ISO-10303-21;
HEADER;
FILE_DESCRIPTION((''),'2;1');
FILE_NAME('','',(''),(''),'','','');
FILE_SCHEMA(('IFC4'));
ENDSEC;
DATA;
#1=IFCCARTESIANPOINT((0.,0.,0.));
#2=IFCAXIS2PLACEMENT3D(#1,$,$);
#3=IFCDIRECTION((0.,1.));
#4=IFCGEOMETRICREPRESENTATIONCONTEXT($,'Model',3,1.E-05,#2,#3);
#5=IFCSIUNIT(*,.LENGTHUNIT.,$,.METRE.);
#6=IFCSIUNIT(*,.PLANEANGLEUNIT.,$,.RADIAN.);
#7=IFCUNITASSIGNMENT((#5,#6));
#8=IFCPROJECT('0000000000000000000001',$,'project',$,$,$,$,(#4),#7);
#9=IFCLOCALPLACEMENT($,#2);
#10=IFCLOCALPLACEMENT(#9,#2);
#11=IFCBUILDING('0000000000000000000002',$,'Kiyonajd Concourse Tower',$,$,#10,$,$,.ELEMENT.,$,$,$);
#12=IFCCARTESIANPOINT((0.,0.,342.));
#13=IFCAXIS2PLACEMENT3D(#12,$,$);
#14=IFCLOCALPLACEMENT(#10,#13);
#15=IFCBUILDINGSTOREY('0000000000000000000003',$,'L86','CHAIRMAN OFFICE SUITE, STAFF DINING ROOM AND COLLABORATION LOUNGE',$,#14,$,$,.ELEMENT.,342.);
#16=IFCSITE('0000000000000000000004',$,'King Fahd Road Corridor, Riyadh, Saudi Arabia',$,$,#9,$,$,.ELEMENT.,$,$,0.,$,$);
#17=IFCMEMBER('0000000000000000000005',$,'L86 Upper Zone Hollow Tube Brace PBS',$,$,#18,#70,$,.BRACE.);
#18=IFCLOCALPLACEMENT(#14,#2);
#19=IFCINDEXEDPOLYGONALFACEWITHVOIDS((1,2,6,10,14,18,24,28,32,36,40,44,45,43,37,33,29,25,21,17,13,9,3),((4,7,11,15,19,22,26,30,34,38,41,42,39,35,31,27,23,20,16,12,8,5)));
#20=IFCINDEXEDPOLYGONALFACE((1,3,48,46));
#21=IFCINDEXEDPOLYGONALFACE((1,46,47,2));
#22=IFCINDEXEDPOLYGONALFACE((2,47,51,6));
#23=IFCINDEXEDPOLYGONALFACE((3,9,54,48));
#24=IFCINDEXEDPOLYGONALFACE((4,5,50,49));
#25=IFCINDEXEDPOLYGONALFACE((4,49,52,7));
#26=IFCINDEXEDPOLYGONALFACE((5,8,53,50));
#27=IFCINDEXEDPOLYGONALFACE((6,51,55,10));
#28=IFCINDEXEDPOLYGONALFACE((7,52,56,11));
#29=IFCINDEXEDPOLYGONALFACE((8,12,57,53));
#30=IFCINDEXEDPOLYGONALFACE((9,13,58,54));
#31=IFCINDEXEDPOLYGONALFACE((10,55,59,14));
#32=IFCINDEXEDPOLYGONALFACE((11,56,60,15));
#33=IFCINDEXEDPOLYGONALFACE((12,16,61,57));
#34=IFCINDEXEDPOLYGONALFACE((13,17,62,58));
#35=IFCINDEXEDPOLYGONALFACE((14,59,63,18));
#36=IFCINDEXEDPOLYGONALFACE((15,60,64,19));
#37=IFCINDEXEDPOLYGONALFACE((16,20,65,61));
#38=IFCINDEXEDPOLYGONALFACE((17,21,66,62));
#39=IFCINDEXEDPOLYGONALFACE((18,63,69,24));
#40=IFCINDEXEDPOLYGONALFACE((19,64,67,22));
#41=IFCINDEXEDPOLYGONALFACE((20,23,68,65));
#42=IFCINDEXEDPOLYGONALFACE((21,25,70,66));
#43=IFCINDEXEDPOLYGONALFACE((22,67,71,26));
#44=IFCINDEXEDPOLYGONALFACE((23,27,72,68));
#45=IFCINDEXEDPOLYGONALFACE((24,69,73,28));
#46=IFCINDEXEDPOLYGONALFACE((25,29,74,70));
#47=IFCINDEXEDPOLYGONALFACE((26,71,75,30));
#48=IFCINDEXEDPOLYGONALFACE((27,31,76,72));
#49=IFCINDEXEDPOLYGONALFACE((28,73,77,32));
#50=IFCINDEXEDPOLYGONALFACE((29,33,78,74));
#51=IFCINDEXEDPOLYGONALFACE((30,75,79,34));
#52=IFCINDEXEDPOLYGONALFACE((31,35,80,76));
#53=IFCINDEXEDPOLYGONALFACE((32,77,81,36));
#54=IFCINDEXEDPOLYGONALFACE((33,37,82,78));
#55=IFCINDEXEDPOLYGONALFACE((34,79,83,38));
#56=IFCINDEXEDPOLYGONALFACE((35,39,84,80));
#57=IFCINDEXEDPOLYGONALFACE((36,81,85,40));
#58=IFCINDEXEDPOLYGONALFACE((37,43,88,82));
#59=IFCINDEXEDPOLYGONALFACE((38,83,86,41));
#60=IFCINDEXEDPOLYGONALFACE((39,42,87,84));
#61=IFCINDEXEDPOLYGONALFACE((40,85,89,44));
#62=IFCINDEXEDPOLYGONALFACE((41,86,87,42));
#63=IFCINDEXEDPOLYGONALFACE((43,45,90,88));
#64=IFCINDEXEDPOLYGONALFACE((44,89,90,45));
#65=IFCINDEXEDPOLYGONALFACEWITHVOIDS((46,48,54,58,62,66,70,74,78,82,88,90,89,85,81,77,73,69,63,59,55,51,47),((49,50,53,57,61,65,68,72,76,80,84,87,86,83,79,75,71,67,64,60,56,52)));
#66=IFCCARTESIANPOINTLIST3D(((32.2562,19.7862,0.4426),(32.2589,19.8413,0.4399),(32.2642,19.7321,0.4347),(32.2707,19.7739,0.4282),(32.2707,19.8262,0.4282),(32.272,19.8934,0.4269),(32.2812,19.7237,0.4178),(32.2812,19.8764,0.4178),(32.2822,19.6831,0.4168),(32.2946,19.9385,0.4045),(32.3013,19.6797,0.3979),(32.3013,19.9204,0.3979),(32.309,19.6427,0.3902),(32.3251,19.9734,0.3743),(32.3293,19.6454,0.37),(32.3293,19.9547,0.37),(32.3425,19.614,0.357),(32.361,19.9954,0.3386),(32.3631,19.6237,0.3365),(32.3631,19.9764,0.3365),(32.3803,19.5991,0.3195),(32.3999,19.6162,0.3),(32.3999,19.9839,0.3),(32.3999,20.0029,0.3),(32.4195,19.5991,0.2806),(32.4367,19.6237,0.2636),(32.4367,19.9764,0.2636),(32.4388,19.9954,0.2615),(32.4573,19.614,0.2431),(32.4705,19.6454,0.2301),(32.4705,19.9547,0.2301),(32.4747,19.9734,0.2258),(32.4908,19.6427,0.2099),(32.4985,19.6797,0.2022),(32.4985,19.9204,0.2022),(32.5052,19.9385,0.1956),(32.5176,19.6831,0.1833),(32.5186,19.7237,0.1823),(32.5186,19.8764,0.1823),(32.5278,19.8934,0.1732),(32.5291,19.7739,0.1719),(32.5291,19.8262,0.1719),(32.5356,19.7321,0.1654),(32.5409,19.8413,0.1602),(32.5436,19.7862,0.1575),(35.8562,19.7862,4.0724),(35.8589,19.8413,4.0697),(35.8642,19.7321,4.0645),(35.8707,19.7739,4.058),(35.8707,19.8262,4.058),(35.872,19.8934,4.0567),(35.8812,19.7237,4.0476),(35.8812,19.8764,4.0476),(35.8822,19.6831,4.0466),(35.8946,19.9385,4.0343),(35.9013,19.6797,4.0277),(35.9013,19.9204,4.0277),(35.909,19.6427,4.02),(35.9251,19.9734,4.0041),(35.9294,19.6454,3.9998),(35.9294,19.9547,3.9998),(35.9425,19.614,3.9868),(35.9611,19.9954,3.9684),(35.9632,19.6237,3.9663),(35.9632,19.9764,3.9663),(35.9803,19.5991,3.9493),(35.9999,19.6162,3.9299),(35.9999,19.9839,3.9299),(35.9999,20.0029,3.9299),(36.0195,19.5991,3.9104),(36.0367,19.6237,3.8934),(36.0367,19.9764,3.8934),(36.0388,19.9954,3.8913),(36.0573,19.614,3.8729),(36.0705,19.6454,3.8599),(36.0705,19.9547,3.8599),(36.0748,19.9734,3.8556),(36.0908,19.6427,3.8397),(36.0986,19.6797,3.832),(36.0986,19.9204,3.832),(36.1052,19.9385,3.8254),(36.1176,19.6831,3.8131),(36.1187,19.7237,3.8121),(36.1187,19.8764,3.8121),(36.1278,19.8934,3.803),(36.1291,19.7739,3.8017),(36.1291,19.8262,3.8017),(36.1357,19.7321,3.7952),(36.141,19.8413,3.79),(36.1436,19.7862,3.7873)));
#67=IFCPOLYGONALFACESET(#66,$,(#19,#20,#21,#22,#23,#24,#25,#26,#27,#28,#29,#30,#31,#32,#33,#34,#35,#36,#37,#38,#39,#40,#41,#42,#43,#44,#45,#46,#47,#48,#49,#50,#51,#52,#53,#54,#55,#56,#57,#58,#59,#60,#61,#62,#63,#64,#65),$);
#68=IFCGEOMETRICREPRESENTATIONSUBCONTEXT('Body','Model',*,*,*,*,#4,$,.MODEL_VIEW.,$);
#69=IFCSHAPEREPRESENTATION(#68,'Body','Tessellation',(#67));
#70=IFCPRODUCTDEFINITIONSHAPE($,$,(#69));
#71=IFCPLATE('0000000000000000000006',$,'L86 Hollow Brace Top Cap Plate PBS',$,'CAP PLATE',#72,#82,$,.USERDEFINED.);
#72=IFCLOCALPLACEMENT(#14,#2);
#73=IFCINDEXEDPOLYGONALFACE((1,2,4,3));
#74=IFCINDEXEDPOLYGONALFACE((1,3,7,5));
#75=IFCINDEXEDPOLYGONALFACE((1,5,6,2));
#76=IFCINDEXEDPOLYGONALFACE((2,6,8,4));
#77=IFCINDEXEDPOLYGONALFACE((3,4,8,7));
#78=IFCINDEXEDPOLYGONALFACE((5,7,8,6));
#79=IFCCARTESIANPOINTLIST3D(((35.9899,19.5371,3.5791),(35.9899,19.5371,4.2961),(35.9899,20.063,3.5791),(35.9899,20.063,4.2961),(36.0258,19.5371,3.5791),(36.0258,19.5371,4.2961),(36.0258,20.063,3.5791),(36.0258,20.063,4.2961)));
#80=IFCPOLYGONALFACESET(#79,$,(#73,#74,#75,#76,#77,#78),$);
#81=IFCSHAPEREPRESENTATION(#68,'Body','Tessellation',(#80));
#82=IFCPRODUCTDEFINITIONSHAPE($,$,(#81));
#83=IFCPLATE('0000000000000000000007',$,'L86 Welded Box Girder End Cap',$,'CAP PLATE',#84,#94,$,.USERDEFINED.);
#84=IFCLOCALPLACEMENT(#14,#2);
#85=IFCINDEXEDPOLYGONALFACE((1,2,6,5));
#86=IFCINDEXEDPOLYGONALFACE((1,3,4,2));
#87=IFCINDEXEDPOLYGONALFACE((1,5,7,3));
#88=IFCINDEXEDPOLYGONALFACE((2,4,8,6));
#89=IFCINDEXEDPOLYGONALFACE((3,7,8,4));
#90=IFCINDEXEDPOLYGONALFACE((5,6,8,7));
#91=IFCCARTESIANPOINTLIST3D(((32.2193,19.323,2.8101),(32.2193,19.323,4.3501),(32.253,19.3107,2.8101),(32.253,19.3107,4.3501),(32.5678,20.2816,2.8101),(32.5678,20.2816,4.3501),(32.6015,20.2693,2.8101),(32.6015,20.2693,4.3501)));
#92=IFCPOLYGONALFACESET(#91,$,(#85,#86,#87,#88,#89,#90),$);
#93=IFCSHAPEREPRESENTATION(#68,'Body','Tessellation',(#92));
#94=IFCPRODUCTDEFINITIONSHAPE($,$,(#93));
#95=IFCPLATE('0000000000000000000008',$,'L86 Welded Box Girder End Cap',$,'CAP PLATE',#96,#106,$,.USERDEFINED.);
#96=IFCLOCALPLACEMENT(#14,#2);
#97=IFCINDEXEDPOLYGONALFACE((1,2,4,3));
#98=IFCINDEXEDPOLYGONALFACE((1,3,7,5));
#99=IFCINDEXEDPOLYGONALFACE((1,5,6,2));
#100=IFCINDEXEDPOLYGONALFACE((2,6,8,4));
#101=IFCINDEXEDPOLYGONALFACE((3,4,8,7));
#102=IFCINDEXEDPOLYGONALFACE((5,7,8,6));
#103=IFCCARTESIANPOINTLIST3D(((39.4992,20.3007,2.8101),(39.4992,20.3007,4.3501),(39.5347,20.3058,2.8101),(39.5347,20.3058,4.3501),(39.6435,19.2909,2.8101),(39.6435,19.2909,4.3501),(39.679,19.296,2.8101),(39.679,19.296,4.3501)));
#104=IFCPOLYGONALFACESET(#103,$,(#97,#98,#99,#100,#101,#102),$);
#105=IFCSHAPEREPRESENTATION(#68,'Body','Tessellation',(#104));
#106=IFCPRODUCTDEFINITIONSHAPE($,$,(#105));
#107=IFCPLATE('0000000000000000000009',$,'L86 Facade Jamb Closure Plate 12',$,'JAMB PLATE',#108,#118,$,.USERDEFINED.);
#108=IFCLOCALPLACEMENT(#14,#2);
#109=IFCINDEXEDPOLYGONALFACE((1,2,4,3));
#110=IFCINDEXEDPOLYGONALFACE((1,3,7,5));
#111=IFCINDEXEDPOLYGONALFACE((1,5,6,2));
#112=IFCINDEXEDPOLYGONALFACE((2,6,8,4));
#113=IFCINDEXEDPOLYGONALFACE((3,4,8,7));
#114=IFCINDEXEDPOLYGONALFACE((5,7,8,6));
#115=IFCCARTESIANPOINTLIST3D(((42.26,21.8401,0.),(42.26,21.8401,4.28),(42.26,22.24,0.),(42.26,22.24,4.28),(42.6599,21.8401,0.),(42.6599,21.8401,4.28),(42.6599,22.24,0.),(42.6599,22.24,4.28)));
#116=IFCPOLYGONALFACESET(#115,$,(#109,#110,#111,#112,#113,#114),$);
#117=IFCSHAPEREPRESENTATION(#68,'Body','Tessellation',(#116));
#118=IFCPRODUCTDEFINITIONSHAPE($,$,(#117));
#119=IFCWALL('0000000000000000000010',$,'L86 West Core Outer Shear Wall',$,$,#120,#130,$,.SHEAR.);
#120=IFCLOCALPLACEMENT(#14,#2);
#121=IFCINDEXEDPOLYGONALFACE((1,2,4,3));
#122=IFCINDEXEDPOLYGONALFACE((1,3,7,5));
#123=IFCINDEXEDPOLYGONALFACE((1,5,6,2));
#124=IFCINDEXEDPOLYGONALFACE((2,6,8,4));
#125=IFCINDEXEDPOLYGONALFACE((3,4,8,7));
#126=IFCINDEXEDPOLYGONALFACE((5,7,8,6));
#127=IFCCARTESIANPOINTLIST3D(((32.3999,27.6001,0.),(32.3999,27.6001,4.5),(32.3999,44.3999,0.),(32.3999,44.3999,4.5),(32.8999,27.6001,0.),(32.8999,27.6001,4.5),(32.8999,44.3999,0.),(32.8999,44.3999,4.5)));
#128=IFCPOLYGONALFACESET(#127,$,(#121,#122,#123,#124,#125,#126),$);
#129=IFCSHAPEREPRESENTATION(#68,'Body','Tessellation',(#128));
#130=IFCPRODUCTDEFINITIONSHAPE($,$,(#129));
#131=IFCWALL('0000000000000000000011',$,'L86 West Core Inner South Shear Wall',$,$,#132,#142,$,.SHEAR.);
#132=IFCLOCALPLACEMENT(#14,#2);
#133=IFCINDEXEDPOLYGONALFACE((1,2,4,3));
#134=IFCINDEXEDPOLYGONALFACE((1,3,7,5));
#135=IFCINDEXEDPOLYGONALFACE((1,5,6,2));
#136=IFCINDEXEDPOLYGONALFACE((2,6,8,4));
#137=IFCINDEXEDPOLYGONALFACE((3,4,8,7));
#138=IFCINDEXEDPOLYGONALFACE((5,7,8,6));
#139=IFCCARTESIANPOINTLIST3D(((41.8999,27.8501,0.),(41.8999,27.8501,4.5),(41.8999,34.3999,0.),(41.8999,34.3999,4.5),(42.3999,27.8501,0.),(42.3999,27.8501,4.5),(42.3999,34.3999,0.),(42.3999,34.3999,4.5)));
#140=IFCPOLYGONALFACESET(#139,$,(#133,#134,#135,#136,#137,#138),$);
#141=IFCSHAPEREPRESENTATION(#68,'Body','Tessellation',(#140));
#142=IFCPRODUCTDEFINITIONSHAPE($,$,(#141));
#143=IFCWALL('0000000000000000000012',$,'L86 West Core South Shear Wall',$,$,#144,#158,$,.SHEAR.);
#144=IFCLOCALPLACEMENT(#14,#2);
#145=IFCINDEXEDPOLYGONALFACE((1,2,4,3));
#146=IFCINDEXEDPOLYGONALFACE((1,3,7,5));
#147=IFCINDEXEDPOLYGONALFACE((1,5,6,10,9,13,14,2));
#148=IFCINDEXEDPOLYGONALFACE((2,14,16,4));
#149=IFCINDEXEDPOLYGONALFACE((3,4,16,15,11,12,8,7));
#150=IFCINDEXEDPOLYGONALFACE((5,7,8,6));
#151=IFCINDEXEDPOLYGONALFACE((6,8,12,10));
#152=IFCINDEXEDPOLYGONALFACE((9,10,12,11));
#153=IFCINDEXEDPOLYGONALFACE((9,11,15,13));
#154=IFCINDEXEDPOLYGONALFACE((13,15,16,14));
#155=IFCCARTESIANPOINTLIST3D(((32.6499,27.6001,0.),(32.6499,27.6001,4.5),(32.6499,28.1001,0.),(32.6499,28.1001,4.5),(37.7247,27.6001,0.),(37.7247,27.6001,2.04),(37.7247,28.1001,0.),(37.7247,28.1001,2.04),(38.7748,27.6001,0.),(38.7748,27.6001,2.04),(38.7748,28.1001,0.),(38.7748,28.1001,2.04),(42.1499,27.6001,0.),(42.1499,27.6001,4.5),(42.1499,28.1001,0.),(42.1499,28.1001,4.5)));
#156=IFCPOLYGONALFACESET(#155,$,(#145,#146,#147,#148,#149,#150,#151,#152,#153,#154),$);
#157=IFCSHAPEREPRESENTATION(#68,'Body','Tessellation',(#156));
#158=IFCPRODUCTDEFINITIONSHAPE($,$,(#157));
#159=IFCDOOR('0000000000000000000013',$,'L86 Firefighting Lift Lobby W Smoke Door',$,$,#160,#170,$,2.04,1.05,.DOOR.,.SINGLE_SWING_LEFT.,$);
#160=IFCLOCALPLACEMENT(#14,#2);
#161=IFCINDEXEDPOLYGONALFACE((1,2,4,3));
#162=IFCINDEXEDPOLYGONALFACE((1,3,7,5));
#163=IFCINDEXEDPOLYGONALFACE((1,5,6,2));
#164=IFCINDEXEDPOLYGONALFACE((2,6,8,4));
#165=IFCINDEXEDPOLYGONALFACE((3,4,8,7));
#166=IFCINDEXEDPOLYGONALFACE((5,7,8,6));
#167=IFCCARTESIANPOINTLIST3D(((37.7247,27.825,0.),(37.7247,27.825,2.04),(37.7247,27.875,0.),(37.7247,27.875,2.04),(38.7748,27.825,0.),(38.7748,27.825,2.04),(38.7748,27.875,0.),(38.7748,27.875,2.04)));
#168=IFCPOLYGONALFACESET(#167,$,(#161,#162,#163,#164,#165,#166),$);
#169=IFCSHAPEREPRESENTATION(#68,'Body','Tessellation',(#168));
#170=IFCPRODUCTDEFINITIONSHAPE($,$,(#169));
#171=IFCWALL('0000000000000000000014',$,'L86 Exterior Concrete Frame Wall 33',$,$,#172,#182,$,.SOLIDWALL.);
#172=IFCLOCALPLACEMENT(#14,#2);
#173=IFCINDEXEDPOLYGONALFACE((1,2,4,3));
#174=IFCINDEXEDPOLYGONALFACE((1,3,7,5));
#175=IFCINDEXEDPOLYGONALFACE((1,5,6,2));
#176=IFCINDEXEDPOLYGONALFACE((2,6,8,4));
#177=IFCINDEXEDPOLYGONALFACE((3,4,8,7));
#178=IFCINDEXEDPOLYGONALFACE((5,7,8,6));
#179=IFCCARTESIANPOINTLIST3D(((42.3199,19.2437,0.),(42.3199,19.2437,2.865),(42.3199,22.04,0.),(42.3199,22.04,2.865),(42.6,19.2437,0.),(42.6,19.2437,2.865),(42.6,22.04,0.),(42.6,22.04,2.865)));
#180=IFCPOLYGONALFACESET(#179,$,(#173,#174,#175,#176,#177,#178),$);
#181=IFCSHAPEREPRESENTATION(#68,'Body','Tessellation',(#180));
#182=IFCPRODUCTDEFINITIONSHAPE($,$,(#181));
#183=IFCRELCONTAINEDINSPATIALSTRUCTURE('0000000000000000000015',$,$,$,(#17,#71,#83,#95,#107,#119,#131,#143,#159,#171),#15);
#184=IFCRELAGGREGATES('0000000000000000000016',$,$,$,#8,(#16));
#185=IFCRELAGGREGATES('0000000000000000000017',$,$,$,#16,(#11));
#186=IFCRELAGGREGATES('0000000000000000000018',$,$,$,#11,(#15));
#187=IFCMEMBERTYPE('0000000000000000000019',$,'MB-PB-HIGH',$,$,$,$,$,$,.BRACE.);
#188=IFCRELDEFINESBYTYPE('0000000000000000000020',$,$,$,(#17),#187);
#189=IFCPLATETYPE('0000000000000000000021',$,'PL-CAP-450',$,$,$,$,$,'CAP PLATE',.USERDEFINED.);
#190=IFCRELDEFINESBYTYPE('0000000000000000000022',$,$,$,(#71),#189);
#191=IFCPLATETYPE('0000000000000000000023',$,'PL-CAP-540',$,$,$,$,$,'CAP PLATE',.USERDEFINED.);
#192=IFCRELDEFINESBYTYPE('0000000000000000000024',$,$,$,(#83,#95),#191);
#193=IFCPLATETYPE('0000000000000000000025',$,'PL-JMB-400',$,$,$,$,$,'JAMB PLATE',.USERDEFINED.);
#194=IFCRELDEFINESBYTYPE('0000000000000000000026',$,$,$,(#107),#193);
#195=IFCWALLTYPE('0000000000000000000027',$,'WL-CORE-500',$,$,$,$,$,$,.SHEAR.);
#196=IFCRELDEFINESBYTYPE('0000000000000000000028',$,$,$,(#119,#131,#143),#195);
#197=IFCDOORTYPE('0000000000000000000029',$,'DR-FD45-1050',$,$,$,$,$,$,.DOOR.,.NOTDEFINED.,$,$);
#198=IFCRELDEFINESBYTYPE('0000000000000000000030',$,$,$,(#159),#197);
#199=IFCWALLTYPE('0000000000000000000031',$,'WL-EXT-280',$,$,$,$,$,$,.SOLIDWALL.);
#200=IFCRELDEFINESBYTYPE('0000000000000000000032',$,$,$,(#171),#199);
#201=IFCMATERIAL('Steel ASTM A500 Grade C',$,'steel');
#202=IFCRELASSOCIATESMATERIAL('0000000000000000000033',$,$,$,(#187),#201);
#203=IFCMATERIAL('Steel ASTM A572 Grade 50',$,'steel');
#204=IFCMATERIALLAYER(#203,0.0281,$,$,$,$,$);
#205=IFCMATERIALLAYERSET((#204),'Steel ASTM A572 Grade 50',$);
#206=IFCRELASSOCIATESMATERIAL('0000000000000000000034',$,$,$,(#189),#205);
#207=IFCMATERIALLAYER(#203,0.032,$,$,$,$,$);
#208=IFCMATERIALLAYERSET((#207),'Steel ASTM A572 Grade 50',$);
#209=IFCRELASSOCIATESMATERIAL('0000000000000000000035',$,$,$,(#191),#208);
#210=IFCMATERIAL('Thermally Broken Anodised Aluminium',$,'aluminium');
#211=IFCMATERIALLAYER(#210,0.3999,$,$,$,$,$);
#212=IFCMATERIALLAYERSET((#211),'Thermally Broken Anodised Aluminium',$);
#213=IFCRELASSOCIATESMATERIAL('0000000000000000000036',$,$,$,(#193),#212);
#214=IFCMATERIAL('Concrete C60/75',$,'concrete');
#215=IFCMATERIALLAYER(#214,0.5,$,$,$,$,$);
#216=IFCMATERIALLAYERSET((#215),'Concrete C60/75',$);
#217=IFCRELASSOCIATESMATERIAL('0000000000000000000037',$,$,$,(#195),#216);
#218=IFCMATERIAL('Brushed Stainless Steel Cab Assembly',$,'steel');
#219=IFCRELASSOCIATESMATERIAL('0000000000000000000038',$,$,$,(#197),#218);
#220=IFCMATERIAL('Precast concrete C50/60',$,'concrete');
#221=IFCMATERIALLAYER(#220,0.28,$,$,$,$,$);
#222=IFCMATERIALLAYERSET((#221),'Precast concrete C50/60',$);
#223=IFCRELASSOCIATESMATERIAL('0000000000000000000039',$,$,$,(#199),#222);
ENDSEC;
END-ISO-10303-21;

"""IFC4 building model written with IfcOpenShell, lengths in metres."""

from ifc_helpers import new_model, si_unit, direction, frame, frame_2d, origin, origin_2d, place, context, subcontext, project, spatial, rectangle, hollow_circle, extrude, material, layer, layer_set, material_profile, profile_set, type_object, element, fill, save


model = new_model("IFC4")

# Units and contexts
model_context = context("Model", 3, precision=1e-05, world=origin(), true_north=direction((0.0, 1.0)))
body_context = subcontext(model_context, "Body", "Model", "MODEL_VIEW")
ifc_project = project(units=[si_unit("LENGTHUNIT", "METRE"), si_unit("PLANEANGLEUNIT", "RADIAN")], contexts=[model_context])

# Site, building, storey
site_placement = place(None, origin())
site = spatial("IfcSite", under=ifc_project, at=site_placement, Name="King Fahd Road Corridor, Riyadh, Saudi Arabia", CompositionType="ELEMENT", RefElevation=0.0)
building_placement = place(site_placement, origin())
building = spatial("IfcBuilding", under=site, at=building_placement, Name="Kiyonajd Concourse Tower", CompositionType="ELEMENT")
storey_placement = place(building_placement, frame((0.0, 0.0, 342.0)))
storey = spatial("IfcBuildingStorey", under=building, at=storey_placement, Name="L86", Description="CHAIRMAN OFFICE SUITE, STAFF DINING ROOM AND COLLABORATION LOUNGE", CompositionType="ELEMENT", Elevation=342.0)

# Shared definitions
ifc_material_1 = material(Name="Concrete C60/75", Category="concrete")

# Shared definitions
ifc_material_2 = material(Name="Steel ASTM A572 Grade 50", Category="steel")

# Member
ifc_material_3 = material(Name="Steel ASTM A500 Grade C", Category="steel")
ifc_material_profile_1 = material_profile(ifc_material_3, hollow_circle(Radius=0.2029, WallThickness=0.019, at=origin_2d()), Name="CHS-406x19")
ifc_profile_set_1 = profile_set([ifc_material_profile_1], Name="Steel ASTM A500 Grade C")
member_type = type_object("IfcMemberType", Name="MB-PB-HIGH", PredefinedType="BRACE", material=ifc_profile_set_1)
member_placement = place(storey_placement, frame((32.3999, 19.8, 0.3), z_axis=(0.704188, 0.0, 0.710014), x_axis=(0.0, 1.0, 0.0)))
element("IfcMember", 1, at=member_placement, inside=storey, type_object=member_type, Name="L86 Upper Zone Hollow Tube Brace PBS", PredefinedType="BRACE", context=body_context, shape_type="SweptSolid", body=[
    extrude(hollow_circle(Radius=0.2029, WallThickness=0.019, at=origin_2d()), origin(), (0.0, 0.0, 1.0), 5.1123),
])

# Plates
ifc_layer_1 = layer(ifc_material_2, 0.0281)
ifc_layer_set_1 = layer_set([ifc_layer_1], Name="Steel ASTM A572 Grade 50")
plate_type_1 = type_object("IfcPlateType", Name="PL-CAP-450", ElementType="CAP PLATE", PredefinedType="USERDEFINED", material=ifc_layer_set_1)
plate_1_placement = place(storey_placement, frame((36.0078, 19.8, 3.5791), z_axis=(0.0, 0.0, 1.0), x_axis=(1.0, 0.0, 0.0)))
element("IfcPlate", 2, at=plate_1_placement, inside=storey, type_object=plate_type_1, Name="L86 Hollow Brace Top Cap Plate PBS", ObjectType="CAP PLATE", PredefinedType="USERDEFINED", context=body_context, shape_type="SweptSolid", body=[
    extrude(rectangle(XDim=0.0359, YDim=0.5259, at=origin_2d()), origin(), (0.0, 0.0, 1.0), 0.717),
])
ifc_layer_2 = layer(ifc_material_2, 0.032)
ifc_layer_set_2 = layer_set([ifc_layer_2], Name="Steel ASTM A572 Grade 50")
plate_type_2 = type_object("IfcPlateType", Name="PL-CAP-540", ElementType="CAP PLATE", PredefinedType="USERDEFINED", material=ifc_layer_set_2)
for number, where, z_axis, x_axis, name in (
    (3, (32.4104, 19.7961, 2.8101), (0.0, 0.0, 1.0), (0.939812, -0.341692, 0.0), "L86 Welded Box Girder End Cap"),
    (4, (39.5891, 19.7983, 2.8101), (0.0, 0.0, 1.0), (-0.98995, -0.14142, 0.0), "L86 Welded Box Girder End Cap"),
):
    element("IfcPlate", number, at=place(storey_placement, frame(where, z_axis=z_axis, x_axis=x_axis)), inside=storey, type_object=plate_type_2, Name=name, ObjectType="CAP PLATE", PredefinedType="USERDEFINED", context=body_context, shape_type="SweptSolid", body=[
        extrude(rectangle(XDim=0.0359, YDim=1.02, at=origin_2d()), origin(), (0.0, 0.0, 1.0), 1.54),
    ])
ifc_material_4 = material(Name="Thermally Broken Anodised Aluminium", Category="aluminium")
ifc_layer_3 = layer(ifc_material_4, 0.3999)
ifc_layer_set_3 = layer_set([ifc_layer_3], Name="Thermally Broken Anodised Aluminium")
plate_type_3 = type_object("IfcPlateType", Name="PL-JMB-400", ElementType="JAMB PLATE", PredefinedType="USERDEFINED", material=ifc_layer_set_3)
plate_2_placement = place(storey_placement, frame((42.46, 22.04, 0.0), z_axis=(0.0, 0.0, 1.0), x_axis=(1.0, 0.0, 0.0)))
element("IfcPlate", 5, at=plate_2_placement, inside=storey, type_object=plate_type_3, Name="L86 Facade Jamb Closure Plate 12", ObjectType="JAMB PLATE", PredefinedType="USERDEFINED", context=body_context, shape_type="SweptSolid", body=[
    extrude(rectangle(XDim=0.3999, YDim=0.3999, at=origin_2d()), origin(), (0.0, 0.0, 1.0), 4.28),
])

# Walls
ifc_layer_4 = layer(ifc_material_1, 0.5)
ifc_layer_set_4 = layer_set([ifc_layer_4], Name="Concrete C60/75")
wall_type_1 = type_object("IfcWallType", Name="WL-CORE-500", PredefinedType="SHEAR", material=ifc_layer_set_4)
wall_1_placement = place(storey_placement, frame((32.6499, 27.6001, 0.0), z_axis=(0.0, 0.0, 1.0), x_axis=(0.0, 1.0, 0.0)))
element("IfcWall", 6, at=wall_1_placement, inside=storey, type_object=wall_type_1, Name="L86 West Core Outer Shear Wall", PredefinedType="SHEAR", context=body_context, shape_type="SweptSolid", body=[
    extrude(rectangle(XDim=16.7998, YDim=0.5, at=frame_2d((8.3999, 0.0))), origin(), (0.0, 0.0, 1.0), 4.5),
])
wall_2_placement = place(storey_placement, frame((42.1499, 27.8501, 0.0), z_axis=(0.0, 0.0, 1.0), x_axis=(0.0, 1.0, 0.0)))
element("IfcWall", 7, at=wall_2_placement, inside=storey, type_object=wall_type_1, Name="L86 West Core Inner South Shear Wall", PredefinedType="SHEAR", context=body_context, shape_type="SweptSolid", body=[
    extrude(rectangle(XDim=6.5498, YDim=0.5, at=frame_2d((3.2749, 0.0))), origin(), (0.0, 0.0, 1.0), 4.5),
])

# Wall, opening, door
wall_3_placement = place(storey_placement, frame((32.6499, 27.8501, 0.0), z_axis=(0.0, 0.0, 1.0), x_axis=(1.0, 0.0, 0.0)))
wall_3 = element("IfcWall", 8, at=wall_3_placement, inside=storey, type_object=wall_type_1, Name="L86 West Core South Shear Wall", PredefinedType="SHEAR", context=body_context, shape_type="SweptSolid", body=[
    extrude(rectangle(XDim=9.5, YDim=0.5, at=frame_2d((4.75, 0.0))), origin(), (0.0, 0.0, 1.0), 4.5),
])
opening_placement = place(wall_3_placement, frame((5.075, 0.0, 0.0)))
opening = element("IfcOpeningElement", 9, at=opening_placement, cuts=wall_3, PredefinedType="OPENING", context=body_context, shape_type="SweptSolid", body=[
    extrude(rectangle(XDim=1.05, YDim=2.04, at=frame_2d((0.5249, 1.02))), frame((0.0, 0.26, 0.0), z_axis=(0.0, -1.0, 0.0), x_axis=(1.0, 0.0, 0.0)), (0.0, 0.0, 1.0), 0.52),
])
ifc_material_5 = material(Name="Brushed Stainless Steel Cab Assembly", Category="steel")
door_type = type_object("IfcDoorType", Name="DR-FD45-1050", OperationType="NOTDEFINED", PredefinedType="DOOR", material=ifc_material_5)
door_placement = place(opening_placement, origin())
door = element("IfcDoor", 10, at=door_placement, inside=storey, type_object=door_type, Name="L86 Firefighting Lift Lobby W Smoke Door", OperationType="SINGLE_SWING_LEFT", OverallHeight=2.04, OverallWidth=1.05, PredefinedType="DOOR", context=body_context, shape_type="SweptSolid", body=[
    extrude(rectangle(XDim=1.05, YDim=2.04, at=frame_2d((0.5249, 1.02))), frame((0.0, 0.0249, 0.0), z_axis=(0.0, -1.0, 0.0), x_axis=(1.0, 0.0, 0.0)), (0.0, 0.0, 1.0), 0.05),
])
fill(opening, door)

# Wall
ifc_material_6 = material(Name="Precast concrete C50/60", Category="concrete")
ifc_layer_5 = layer(ifc_material_6, 0.28)
ifc_layer_set_5 = layer_set([ifc_layer_5], Name="Precast concrete C50/60")
wall_type_2 = type_object("IfcWallType", Name="WL-EXT-280", PredefinedType="SOLIDWALL", material=ifc_layer_set_5)
wall_4_placement = place(storey_placement, frame((42.46, 22.04, 0.0), z_axis=(0.0, 0.0, 1.0), x_axis=(0.0, -1.0, 0.0)))
element("IfcWall", 11, at=wall_4_placement, inside=storey, type_object=wall_type_2, Name="L86 Exterior Concrete Frame Wall 33", PredefinedType="SOLIDWALL", context=body_context, shape_type="SweptSolid", body=[
    extrude(rectangle(XDim=2.7964, YDim=0.28, at=frame_2d((1.3982, 0.0))), origin(), (0.0, 0.0, 1.0), 2.865),
])

save(model, "model.ifc")
